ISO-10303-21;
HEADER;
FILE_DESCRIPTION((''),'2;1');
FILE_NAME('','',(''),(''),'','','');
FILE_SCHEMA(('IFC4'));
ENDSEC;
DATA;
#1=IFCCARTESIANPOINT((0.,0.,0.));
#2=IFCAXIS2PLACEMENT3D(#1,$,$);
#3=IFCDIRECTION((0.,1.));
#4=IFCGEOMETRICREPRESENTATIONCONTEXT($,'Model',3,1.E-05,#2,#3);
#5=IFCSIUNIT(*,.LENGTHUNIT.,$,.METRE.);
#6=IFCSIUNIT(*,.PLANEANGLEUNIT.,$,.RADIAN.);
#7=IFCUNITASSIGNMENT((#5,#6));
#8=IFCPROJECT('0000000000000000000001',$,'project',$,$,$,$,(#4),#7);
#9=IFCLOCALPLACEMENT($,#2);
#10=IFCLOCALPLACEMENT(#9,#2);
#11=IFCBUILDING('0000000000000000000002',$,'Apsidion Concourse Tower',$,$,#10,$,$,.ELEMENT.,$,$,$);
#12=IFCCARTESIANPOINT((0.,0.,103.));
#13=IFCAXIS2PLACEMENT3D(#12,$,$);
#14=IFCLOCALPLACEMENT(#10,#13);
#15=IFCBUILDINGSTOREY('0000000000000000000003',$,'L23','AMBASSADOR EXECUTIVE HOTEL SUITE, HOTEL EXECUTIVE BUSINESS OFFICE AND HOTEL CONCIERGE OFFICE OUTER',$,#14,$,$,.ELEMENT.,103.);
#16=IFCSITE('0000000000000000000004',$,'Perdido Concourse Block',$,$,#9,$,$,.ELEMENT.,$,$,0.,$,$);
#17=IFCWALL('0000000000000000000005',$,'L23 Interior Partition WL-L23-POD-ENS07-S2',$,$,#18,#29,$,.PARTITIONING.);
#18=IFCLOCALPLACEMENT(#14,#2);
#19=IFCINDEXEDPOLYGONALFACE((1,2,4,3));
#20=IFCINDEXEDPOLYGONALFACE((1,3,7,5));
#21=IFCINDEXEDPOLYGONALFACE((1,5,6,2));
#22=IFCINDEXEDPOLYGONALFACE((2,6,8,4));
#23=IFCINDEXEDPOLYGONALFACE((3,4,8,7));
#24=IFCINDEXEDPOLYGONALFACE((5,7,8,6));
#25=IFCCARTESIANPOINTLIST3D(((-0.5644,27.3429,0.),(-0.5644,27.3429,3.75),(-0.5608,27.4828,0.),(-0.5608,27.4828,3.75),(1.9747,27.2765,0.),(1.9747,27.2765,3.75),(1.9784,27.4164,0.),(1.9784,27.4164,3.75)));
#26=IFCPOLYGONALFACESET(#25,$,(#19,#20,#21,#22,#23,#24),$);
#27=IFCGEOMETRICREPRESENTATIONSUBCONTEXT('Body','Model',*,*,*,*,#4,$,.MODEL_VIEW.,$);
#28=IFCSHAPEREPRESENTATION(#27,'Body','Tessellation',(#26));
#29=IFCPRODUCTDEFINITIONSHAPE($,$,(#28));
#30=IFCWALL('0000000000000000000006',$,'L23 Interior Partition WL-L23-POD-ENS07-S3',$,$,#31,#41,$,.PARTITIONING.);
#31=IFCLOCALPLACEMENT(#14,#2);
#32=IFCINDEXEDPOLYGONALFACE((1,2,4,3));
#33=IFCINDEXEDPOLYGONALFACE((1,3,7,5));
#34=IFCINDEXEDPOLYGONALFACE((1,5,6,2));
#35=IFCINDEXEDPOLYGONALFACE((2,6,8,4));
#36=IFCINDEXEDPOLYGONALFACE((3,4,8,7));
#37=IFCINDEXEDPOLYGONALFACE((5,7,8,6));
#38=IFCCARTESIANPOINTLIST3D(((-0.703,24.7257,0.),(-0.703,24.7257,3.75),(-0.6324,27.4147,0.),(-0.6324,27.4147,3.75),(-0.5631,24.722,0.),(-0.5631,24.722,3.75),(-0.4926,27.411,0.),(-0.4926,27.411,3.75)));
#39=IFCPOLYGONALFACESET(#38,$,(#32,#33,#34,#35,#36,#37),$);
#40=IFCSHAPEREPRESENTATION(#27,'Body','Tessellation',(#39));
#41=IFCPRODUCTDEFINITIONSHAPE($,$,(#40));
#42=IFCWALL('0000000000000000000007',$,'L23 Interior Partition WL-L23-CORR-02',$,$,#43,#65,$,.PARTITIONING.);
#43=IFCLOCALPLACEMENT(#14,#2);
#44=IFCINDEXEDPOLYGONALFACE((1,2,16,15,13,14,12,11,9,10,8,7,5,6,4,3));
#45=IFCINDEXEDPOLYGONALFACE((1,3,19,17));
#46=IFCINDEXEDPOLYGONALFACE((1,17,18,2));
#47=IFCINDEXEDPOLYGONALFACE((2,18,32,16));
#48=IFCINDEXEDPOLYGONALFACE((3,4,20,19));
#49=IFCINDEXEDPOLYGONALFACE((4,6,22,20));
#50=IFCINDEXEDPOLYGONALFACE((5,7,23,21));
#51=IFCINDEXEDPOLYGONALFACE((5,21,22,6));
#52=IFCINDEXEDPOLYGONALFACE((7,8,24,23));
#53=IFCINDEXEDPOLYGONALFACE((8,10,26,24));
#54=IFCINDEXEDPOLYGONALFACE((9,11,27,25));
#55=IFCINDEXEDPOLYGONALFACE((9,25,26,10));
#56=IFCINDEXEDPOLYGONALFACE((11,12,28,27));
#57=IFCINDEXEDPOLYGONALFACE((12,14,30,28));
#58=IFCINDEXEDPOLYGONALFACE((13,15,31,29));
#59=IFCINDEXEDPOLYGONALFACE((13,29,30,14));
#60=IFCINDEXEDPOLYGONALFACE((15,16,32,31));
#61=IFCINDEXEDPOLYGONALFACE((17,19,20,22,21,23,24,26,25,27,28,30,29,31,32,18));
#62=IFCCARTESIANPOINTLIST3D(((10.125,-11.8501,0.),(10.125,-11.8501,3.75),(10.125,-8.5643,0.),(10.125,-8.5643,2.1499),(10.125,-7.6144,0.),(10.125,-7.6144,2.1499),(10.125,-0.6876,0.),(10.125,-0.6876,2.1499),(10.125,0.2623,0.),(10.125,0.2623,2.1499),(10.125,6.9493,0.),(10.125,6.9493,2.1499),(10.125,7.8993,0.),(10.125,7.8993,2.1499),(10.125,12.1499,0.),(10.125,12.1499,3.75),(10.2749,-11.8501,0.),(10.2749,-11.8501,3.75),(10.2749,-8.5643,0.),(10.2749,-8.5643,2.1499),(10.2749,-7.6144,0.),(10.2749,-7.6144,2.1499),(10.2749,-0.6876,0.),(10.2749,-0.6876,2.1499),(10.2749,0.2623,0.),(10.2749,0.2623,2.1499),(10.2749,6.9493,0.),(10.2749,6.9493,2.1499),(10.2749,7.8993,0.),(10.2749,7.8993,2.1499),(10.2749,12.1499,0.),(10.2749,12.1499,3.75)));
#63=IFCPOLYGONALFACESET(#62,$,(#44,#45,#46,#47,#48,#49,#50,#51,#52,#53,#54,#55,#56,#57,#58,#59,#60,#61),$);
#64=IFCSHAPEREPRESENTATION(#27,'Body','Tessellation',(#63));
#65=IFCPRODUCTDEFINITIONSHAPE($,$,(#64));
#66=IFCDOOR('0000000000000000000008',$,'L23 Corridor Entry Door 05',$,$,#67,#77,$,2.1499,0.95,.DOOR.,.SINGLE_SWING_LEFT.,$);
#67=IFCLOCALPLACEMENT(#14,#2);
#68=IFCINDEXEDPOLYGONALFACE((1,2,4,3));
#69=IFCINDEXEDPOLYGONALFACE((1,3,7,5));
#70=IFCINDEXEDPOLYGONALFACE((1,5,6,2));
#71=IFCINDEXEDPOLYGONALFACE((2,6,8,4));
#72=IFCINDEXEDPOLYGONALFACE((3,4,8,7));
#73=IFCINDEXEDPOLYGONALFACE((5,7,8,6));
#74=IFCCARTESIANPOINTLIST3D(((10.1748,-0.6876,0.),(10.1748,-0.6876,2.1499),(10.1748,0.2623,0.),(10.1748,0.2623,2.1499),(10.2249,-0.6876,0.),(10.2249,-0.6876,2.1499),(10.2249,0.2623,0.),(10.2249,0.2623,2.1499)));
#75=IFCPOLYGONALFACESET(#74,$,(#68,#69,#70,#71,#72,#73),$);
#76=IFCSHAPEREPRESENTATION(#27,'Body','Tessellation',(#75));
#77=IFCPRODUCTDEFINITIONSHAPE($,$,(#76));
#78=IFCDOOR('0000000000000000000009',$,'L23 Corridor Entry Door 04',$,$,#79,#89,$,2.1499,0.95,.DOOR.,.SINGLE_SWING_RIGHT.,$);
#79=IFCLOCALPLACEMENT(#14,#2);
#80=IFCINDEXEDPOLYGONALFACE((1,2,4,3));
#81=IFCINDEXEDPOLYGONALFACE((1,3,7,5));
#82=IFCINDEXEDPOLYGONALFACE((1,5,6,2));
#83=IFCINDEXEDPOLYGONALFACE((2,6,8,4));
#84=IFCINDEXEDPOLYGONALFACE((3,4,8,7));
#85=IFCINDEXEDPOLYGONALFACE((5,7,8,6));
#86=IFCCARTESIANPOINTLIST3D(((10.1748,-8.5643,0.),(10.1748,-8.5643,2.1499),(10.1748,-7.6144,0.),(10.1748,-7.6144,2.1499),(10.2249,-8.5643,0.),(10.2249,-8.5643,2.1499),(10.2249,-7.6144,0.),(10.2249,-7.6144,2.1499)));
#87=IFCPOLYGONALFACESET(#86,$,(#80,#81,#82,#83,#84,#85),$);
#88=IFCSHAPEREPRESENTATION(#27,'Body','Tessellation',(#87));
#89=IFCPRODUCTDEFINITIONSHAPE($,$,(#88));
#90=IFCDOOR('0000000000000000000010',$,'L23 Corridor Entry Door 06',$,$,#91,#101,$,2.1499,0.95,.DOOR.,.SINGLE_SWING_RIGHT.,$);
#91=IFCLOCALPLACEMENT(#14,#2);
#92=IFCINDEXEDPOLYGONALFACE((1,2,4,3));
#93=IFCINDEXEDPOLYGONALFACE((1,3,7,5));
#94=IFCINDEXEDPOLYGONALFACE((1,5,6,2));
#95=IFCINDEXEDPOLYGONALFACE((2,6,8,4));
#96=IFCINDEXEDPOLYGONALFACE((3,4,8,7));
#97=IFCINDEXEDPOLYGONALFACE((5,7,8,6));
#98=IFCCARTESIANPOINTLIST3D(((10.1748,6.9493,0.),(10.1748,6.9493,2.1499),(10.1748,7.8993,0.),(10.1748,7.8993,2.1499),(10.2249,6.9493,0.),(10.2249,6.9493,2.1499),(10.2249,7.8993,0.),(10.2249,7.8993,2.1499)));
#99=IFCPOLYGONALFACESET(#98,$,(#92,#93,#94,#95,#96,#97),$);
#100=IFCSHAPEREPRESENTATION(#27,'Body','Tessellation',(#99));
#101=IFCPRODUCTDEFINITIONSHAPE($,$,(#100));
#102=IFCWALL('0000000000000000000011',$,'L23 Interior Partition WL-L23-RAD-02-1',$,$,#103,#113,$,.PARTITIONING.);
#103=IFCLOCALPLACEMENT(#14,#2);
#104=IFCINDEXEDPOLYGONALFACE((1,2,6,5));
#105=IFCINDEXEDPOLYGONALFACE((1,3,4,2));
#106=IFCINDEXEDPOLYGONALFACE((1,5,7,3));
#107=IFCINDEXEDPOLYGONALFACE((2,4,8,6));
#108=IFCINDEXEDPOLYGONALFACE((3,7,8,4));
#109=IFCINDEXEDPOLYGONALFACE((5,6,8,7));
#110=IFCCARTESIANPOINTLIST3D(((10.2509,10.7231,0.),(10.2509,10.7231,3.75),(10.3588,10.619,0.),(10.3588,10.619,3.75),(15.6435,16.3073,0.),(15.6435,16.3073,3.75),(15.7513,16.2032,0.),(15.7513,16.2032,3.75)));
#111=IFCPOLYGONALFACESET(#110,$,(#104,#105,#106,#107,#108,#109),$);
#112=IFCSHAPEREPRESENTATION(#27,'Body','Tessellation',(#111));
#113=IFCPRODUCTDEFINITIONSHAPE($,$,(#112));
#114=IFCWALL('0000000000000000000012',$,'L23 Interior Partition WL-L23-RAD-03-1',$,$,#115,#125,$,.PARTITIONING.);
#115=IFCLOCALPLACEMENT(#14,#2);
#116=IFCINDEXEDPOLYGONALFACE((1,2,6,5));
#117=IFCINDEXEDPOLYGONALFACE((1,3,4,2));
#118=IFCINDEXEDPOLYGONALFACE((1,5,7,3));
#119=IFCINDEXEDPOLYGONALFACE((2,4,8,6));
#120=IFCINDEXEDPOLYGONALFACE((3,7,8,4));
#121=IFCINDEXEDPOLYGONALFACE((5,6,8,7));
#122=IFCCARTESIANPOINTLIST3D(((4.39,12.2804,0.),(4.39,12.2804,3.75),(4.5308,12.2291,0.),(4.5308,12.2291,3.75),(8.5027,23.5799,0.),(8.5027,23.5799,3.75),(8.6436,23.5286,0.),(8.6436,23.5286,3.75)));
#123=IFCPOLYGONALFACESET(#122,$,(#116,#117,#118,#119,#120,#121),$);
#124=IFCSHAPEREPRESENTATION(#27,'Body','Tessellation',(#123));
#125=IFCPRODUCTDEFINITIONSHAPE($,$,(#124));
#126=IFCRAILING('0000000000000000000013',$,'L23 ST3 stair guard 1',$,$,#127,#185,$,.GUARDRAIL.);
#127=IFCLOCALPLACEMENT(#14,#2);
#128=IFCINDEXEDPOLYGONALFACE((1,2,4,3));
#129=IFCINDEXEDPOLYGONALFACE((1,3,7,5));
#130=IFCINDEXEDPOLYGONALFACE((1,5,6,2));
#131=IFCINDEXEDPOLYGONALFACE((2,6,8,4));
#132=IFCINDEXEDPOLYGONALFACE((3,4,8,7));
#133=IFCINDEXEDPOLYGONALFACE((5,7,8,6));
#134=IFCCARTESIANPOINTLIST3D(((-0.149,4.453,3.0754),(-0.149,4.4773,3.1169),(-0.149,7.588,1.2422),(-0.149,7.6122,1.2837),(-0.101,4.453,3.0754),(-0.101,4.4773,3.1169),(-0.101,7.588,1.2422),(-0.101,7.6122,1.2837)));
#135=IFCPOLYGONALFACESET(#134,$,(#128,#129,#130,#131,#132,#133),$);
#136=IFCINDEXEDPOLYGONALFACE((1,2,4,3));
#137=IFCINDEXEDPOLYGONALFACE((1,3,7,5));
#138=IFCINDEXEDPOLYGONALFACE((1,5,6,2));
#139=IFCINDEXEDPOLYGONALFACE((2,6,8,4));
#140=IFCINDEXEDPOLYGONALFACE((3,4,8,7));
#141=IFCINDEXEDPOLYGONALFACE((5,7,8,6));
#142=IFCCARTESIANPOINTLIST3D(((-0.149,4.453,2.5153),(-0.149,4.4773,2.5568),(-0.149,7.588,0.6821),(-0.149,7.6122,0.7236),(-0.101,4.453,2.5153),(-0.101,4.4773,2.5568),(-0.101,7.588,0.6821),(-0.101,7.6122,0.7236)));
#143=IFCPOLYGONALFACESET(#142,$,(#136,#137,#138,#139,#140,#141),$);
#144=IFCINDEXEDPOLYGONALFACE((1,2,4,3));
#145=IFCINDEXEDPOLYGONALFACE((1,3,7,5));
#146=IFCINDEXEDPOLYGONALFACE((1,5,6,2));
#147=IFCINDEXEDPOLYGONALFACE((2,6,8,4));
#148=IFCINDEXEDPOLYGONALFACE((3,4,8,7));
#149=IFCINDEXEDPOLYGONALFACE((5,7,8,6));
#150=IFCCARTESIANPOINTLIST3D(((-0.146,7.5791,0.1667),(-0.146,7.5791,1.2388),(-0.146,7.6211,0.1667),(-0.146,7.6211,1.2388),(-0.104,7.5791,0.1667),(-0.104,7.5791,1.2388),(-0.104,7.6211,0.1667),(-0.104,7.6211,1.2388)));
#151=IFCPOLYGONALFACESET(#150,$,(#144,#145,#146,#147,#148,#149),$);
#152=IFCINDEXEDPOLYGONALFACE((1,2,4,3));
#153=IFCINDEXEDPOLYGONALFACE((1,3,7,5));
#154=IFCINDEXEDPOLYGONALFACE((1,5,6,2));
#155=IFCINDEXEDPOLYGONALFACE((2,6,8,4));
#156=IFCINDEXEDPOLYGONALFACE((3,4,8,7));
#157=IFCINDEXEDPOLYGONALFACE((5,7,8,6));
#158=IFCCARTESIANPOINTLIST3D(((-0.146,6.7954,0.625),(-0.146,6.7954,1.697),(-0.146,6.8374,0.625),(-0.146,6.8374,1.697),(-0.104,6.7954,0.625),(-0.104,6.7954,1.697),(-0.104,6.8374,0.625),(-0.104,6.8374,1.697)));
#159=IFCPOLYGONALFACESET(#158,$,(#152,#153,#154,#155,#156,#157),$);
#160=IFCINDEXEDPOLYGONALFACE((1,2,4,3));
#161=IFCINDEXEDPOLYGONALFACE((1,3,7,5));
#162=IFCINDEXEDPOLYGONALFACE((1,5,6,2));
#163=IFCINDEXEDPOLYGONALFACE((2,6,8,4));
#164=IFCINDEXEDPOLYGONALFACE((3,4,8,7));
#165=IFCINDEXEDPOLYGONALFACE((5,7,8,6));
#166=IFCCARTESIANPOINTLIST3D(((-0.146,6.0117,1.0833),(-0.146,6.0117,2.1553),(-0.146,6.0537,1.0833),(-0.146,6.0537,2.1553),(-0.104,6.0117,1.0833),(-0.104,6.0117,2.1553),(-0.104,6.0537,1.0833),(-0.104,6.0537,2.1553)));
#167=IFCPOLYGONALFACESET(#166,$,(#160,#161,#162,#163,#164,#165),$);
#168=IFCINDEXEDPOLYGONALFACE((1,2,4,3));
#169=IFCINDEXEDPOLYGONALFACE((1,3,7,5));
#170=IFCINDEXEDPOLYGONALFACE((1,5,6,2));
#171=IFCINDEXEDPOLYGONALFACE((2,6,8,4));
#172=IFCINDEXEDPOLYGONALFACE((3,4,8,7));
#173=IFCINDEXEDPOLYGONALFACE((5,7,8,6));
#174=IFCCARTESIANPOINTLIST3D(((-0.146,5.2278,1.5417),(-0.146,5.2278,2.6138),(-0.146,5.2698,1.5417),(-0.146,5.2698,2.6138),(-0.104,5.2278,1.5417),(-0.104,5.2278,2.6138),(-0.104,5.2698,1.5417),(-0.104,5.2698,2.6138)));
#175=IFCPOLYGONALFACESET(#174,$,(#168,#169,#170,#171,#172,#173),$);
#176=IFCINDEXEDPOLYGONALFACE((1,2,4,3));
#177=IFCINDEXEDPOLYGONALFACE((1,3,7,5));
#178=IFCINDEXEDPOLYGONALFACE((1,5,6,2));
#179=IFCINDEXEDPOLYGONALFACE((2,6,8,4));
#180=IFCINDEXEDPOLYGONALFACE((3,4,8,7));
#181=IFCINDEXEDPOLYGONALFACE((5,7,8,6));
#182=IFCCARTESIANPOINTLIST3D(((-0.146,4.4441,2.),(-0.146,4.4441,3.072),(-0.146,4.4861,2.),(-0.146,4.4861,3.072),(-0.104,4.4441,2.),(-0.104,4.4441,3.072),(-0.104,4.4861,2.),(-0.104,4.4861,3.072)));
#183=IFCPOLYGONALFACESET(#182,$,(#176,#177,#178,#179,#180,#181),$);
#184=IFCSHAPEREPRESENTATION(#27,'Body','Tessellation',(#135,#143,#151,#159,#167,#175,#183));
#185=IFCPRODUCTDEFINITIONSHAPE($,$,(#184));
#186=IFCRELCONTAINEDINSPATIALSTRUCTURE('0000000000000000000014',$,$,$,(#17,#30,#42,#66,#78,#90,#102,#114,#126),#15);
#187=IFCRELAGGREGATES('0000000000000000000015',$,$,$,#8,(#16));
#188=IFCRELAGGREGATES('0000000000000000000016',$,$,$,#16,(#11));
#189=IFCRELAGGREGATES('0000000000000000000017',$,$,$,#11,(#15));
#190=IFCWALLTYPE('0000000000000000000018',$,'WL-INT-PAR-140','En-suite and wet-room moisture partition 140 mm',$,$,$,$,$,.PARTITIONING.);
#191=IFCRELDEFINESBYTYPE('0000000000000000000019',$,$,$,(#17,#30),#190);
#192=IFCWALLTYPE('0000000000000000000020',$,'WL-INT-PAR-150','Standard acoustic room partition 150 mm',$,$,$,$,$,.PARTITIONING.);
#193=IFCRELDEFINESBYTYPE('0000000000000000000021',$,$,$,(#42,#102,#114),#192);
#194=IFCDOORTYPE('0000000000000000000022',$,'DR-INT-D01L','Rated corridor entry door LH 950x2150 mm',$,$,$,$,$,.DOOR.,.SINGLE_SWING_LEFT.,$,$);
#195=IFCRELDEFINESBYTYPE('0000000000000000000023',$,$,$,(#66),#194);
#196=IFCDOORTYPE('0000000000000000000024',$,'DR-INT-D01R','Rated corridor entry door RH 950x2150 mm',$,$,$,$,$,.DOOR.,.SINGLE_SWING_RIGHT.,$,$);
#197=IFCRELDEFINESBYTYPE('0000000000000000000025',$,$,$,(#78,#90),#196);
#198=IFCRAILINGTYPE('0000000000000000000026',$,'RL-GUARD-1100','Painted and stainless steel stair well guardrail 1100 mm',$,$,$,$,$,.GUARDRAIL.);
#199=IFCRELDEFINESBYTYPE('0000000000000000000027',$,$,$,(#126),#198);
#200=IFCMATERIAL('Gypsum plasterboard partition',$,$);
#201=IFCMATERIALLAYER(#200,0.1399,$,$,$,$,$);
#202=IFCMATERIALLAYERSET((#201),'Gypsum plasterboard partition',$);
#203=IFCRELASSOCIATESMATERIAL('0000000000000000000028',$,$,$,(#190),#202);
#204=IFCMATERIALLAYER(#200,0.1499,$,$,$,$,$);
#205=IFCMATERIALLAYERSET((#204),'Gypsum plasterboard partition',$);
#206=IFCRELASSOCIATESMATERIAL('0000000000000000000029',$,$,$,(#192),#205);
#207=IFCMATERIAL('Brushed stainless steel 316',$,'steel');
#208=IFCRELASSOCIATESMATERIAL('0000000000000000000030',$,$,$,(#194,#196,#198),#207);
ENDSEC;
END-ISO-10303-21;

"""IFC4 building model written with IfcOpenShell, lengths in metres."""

from ifc_helpers import new_model, si_unit, direction, frame, frame_2d, origin, origin_2d, place, context, subcontext, project, spatial, rectangle, extrude, material, layer, layer_set, type_object, element, fill, save


model = new_model("IFC4")

# Units and contexts
model_context = context("Model", 3, precision=1e-05, world=origin(), true_north=direction((0.0, 1.0)))
body_context = subcontext(model_context, "Body", "Model", "MODEL_VIEW")
ifc_project = project(units=[si_unit("LENGTHUNIT", "METRE"), si_unit("PLANEANGLEUNIT", "RADIAN")], contexts=[model_context])

# Site, building, storey
site_placement = place(None, origin())
site = spatial("IfcSite", under=ifc_project, at=site_placement, Name="Perdido Concourse Block", CompositionType="ELEMENT", RefElevation=0.0)
building_placement = place(site_placement, origin())
building = spatial("IfcBuilding", under=site, at=building_placement, Name="Apsidion Concourse Tower", CompositionType="ELEMENT")
storey_placement = place(building_placement, frame((0.0, 0.0, 103.0)))
storey = spatial("IfcBuildingStorey", under=building, at=storey_placement, Name="L23", Description="AMBASSADOR EXECUTIVE HOTEL SUITE, HOTEL EXECUTIVE BUSINESS OFFICE AND HOTEL CONCIERGE OFFICE OUTER", CompositionType="ELEMENT", Elevation=103.0)

# Shared definitions
ifc_material_1 = material(Name="Gypsum plasterboard partition")
ifc_layer_1 = layer(ifc_material_1, 0.1399)
ifc_layer_set_1 = layer_set([ifc_layer_1], Name="Gypsum plasterboard partition")
wall_type_1 = type_object("IfcWallType", Name="WL-INT-PAR-140", Description="En-suite and wet-room moisture partition 140 mm", PredefinedType="PARTITIONING", material=ifc_layer_set_1)

# Walls
wall_1_placement = place(storey_placement, frame((1.9766, 27.3464, 0.0), z_axis=(0.0, 0.0, 1.0), x_axis=(-0.999658, 0.026145, 0.0)))
element("IfcWall", 1, at=wall_1_placement, inside=storey, type_object=wall_type_1, Name="L23 Interior Partition WL-L23-POD-ENS07-S2", PredefinedType="PARTITIONING", context=body_context, shape_type="SweptSolid", body=[
    extrude(rectangle(XDim=2.54, YDim=0.1399, at=frame_2d((1.27, 0.0))), origin(), (0.0, 0.0, 1.0), 3.75),
])
wall_2_placement = place(storey_placement, frame((-0.5625, 27.4128, 0.0), z_axis=(0.0, 0.0, 1.0), x_axis=(-0.02623, -0.999656, 0.0)))
element("IfcWall", 2, at=wall_2_placement, inside=storey, type_object=wall_type_1, Name="L23 Interior Partition WL-L23-POD-ENS07-S3", PredefinedType="PARTITIONING", context=body_context, shape_type="SweptSolid", body=[
    extrude(rectangle(XDim=2.6899, YDim=0.1399, at=frame_2d((1.345, 0.0))), origin(), (0.0, 0.0, 1.0), 3.75),
])

# Wall, openings, doors
ifc_layer_2 = layer(ifc_material_1, 0.1499)
ifc_layer_set_2 = layer_set([ifc_layer_2], Name="Gypsum plasterboard partition")
wall_type_2 = type_object("IfcWallType", Name="WL-INT-PAR-150", Description="Standard acoustic room partition 150 mm", PredefinedType="PARTITIONING", material=ifc_layer_set_2)
wall_3_placement = place(storey_placement, frame((10.2, 12.1499, 0.0), z_axis=(0.0, 0.0, 1.0), x_axis=(0.0, -1.0, 0.0)))
wall_3 = element("IfcWall", 3, at=wall_3_placement, inside=storey, type_object=wall_type_2, Name="L23 Interior Partition WL-L23-CORR-02", PredefinedType="PARTITIONING", context=body_context, shape_type="SweptSolid", body=[
    extrude(rectangle(XDim=24.0, YDim=0.1499, at=frame_2d((12.0, 0.0))), origin(), (0.0, 0.0, 1.0), 3.75),
])
opening_1_placement = place(wall_3_placement, frame((19.7642, 0.0, 0.0)))
opening_1 = element("IfcOpeningElement", 4, at=opening_1_placement, cuts=wall_3, PredefinedType="OPENING", context=body_context, shape_type="SweptSolid", body=[
    extrude(rectangle(XDim=0.95, YDim=2.1499, at=frame_2d((0.4751, 1.075))), frame((0.0, 0.085, 0.0), z_axis=(0.0, -1.0, 0.0), x_axis=(1.0, 0.0, 0.0)), (0.0, 0.0, 1.0), 0.1699),
])
opening_2_placement = place(wall_3_placement, frame((11.8875, 0.0, 0.0)))
opening_2 = element("IfcOpeningElement", 5, at=opening_2_placement, cuts=wall_3, PredefinedType="OPENING", context=body_context, shape_type="SweptSolid", body=[
    extrude(rectangle(XDim=0.95, YDim=2.1499, at=frame_2d((0.4751, 1.075))), frame((0.0, 0.085, 0.0), z_axis=(0.0, -1.0, 0.0), x_axis=(1.0, 0.0, 0.0)), (0.0, 0.0, 1.0), 0.1699),
])
opening_3_placement = place(wall_3_placement, frame((4.2505, 0.0, 0.0)))
opening_3 = element("IfcOpeningElement", 6, at=opening_3_placement, cuts=wall_3, PredefinedType="OPENING", context=body_context, shape_type="SweptSolid", body=[
    extrude(rectangle(XDim=0.95, YDim=2.1499, at=frame_2d((0.4751, 1.075))), frame((0.0, 0.085, 0.0), z_axis=(0.0, -1.0, 0.0), x_axis=(1.0, 0.0, 0.0)), (0.0, 0.0, 1.0), 0.1699),
])
ifc_material_2 = material(Name="Brushed stainless steel 316", Category="steel")
door_type_1 = type_object("IfcDoorType", Name="DR-INT-D01L", Description="Rated corridor entry door LH 950x2150 mm", OperationType="SINGLE_SWING_LEFT", PredefinedType="DOOR", material=ifc_material_2)
door_1_placement = place(opening_2_placement, origin())
door_1 = element("IfcDoor", 7, at=door_1_placement, inside=storey, type_object=door_type_1, Name="L23 Corridor Entry Door 05", OperationType="SINGLE_SWING_LEFT", OverallHeight=2.1499, OverallWidth=0.95, PredefinedType="DOOR", context=body_context, shape_type="SweptSolid", body=[
    extrude(rectangle(XDim=0.95, YDim=2.1499, at=frame_2d((0.4751, 1.075))), frame((0.0, 0.0249, 0.0), z_axis=(0.0, -1.0, 0.0), x_axis=(1.0, 0.0, 0.0)), (0.0, 0.0, 1.0), 0.05),
])
fill(opening_2, door_1)
door_type_2 = type_object("IfcDoorType", Name="DR-INT-D01R", Description="Rated corridor entry door RH 950x2150 mm", OperationType="SINGLE_SWING_RIGHT", PredefinedType="DOOR", material=ifc_material_2)
door_2_placement = place(opening_1_placement, origin())
door_2 = element("IfcDoor", 8, at=door_2_placement, inside=storey, type_object=door_type_2, Name="L23 Corridor Entry Door 04", OperationType="SINGLE_SWING_RIGHT", OverallHeight=2.1499, OverallWidth=0.95, PredefinedType="DOOR", context=body_context, shape_type="SweptSolid", body=[
    extrude(rectangle(XDim=0.95, YDim=2.1499, at=frame_2d((0.4751, 1.075))), frame((0.0, 0.0249, 0.0), z_axis=(0.0, -1.0, 0.0), x_axis=(1.0, 0.0, 0.0)), (0.0, 0.0, 1.0), 0.05),
])
fill(opening_1, door_2)
door_3_placement = place(opening_3_placement, origin())
door_3 = element("IfcDoor", 9, at=door_3_placement, inside=storey, type_object=door_type_2, Name="L23 Corridor Entry Door 06", OperationType="SINGLE_SWING_RIGHT", OverallHeight=2.1499, OverallWidth=0.95, PredefinedType="DOOR", context=body_context, shape_type="SweptSolid", body=[
    extrude(rectangle(XDim=0.95, YDim=2.1499, at=frame_2d((0.4751, 1.075))), frame((0.0, 0.0249, 0.0), z_axis=(0.0, -1.0, 0.0), x_axis=(1.0, 0.0, 0.0)), (0.0, 0.0, 1.0), 0.05),
])
fill(opening_3, door_3)

# Walls
wall_4_placement = place(storey_placement, frame((10.3049, 10.6711, 0.0), z_axis=(0.0, 0.0, 1.0), x_axis=(0.694655, 0.719343, 0.0)))
element("IfcWall", 10, at=wall_4_placement, inside=storey, type_object=wall_type_2, Name="L23 Interior Partition WL-L23-RAD-02-1", PredefinedType="PARTITIONING", context=body_context, shape_type="SweptSolid", body=[
    extrude(rectangle(XDim=7.7629, YDim=0.1499, at=frame_2d((3.8813, 0.0))), origin(), (0.0, 0.0, 1.0), 3.75),
])
wall_5_placement = place(storey_placement, frame((4.4604, 12.2549, 0.0), z_axis=(0.0, 0.0, 1.0), x_axis=(0.342027, 0.93969, 0.0)))
element("IfcWall", 11, at=wall_5_placement, inside=storey, type_object=wall_type_2, Name="L23 Interior Partition WL-L23-RAD-03-1", PredefinedType="PARTITIONING", context=body_context, shape_type="SweptSolid", body=[
    extrude(rectangle(XDim=12.0247, YDim=0.1499, at=frame_2d((6.0122, 0.0))), origin(), (0.0, 0.0, 1.0), 3.75),
])

# Railing
railing_type = type_object("IfcRailingType", Name="RL-GUARD-1100", Description="Painted and stainless steel stair well guardrail 1100 mm", PredefinedType="GUARDRAIL", material=ifc_material_2)
railing_1_placement = place(storey_placement, frame((-0.125, 7.6001, 0.1667)))
element("IfcRailing", 12, at=railing_1_placement, inside=storey, type_object=railing_type, Name="L23 ST3 stair guard 1", PredefinedType="GUARDRAIL", context=body_context, shape_type="SweptSolid", body=[
    extrude(rectangle(XDim=0.0481, YDim=0.0481, at=origin_2d()), frame((0.0, 0.0, 1.0962), z_axis=(0.0, -0.86324, 0.504794), x_axis=(1.0, 0.0, 0.0)), (0.0, 0.0, 1.0), 3.6316),
    extrude(rectangle(XDim=0.0481, YDim=0.0481, at=origin_2d()), frame((0.0, 0.0, 0.5361), z_axis=(0.0, -0.86324, 0.504794), x_axis=(1.0, 0.0, 0.0)), (0.0, 0.0, 1.0), 3.6316),
    extrude(rectangle(XDim=0.042, YDim=0.042, at=origin_2d()), origin(), (0.0, 0.0, 1.0), 1.072),
    extrude(rectangle(XDim=0.042, YDim=0.042, at=origin_2d()), frame((0.0, -0.7837, 0.4583)), (0.0, 0.0, 1.0), 1.072),
    extrude(rectangle(XDim=0.042, YDim=0.042, at=origin_2d()), frame((0.0, -1.5674, 0.9165)), (0.0, 0.0, 1.0), 1.072),
    extrude(rectangle(XDim=0.042, YDim=0.042, at=origin_2d()), frame((0.0, -2.3513, 1.375)), (0.0, 0.0, 1.0), 1.072),
    extrude(rectangle(XDim=0.042, YDim=0.042, at=origin_2d()), frame((0.0, -3.135, 1.8333)), (0.0, 0.0, 1.0), 1.072),
])

save(model, "model.ifc")
